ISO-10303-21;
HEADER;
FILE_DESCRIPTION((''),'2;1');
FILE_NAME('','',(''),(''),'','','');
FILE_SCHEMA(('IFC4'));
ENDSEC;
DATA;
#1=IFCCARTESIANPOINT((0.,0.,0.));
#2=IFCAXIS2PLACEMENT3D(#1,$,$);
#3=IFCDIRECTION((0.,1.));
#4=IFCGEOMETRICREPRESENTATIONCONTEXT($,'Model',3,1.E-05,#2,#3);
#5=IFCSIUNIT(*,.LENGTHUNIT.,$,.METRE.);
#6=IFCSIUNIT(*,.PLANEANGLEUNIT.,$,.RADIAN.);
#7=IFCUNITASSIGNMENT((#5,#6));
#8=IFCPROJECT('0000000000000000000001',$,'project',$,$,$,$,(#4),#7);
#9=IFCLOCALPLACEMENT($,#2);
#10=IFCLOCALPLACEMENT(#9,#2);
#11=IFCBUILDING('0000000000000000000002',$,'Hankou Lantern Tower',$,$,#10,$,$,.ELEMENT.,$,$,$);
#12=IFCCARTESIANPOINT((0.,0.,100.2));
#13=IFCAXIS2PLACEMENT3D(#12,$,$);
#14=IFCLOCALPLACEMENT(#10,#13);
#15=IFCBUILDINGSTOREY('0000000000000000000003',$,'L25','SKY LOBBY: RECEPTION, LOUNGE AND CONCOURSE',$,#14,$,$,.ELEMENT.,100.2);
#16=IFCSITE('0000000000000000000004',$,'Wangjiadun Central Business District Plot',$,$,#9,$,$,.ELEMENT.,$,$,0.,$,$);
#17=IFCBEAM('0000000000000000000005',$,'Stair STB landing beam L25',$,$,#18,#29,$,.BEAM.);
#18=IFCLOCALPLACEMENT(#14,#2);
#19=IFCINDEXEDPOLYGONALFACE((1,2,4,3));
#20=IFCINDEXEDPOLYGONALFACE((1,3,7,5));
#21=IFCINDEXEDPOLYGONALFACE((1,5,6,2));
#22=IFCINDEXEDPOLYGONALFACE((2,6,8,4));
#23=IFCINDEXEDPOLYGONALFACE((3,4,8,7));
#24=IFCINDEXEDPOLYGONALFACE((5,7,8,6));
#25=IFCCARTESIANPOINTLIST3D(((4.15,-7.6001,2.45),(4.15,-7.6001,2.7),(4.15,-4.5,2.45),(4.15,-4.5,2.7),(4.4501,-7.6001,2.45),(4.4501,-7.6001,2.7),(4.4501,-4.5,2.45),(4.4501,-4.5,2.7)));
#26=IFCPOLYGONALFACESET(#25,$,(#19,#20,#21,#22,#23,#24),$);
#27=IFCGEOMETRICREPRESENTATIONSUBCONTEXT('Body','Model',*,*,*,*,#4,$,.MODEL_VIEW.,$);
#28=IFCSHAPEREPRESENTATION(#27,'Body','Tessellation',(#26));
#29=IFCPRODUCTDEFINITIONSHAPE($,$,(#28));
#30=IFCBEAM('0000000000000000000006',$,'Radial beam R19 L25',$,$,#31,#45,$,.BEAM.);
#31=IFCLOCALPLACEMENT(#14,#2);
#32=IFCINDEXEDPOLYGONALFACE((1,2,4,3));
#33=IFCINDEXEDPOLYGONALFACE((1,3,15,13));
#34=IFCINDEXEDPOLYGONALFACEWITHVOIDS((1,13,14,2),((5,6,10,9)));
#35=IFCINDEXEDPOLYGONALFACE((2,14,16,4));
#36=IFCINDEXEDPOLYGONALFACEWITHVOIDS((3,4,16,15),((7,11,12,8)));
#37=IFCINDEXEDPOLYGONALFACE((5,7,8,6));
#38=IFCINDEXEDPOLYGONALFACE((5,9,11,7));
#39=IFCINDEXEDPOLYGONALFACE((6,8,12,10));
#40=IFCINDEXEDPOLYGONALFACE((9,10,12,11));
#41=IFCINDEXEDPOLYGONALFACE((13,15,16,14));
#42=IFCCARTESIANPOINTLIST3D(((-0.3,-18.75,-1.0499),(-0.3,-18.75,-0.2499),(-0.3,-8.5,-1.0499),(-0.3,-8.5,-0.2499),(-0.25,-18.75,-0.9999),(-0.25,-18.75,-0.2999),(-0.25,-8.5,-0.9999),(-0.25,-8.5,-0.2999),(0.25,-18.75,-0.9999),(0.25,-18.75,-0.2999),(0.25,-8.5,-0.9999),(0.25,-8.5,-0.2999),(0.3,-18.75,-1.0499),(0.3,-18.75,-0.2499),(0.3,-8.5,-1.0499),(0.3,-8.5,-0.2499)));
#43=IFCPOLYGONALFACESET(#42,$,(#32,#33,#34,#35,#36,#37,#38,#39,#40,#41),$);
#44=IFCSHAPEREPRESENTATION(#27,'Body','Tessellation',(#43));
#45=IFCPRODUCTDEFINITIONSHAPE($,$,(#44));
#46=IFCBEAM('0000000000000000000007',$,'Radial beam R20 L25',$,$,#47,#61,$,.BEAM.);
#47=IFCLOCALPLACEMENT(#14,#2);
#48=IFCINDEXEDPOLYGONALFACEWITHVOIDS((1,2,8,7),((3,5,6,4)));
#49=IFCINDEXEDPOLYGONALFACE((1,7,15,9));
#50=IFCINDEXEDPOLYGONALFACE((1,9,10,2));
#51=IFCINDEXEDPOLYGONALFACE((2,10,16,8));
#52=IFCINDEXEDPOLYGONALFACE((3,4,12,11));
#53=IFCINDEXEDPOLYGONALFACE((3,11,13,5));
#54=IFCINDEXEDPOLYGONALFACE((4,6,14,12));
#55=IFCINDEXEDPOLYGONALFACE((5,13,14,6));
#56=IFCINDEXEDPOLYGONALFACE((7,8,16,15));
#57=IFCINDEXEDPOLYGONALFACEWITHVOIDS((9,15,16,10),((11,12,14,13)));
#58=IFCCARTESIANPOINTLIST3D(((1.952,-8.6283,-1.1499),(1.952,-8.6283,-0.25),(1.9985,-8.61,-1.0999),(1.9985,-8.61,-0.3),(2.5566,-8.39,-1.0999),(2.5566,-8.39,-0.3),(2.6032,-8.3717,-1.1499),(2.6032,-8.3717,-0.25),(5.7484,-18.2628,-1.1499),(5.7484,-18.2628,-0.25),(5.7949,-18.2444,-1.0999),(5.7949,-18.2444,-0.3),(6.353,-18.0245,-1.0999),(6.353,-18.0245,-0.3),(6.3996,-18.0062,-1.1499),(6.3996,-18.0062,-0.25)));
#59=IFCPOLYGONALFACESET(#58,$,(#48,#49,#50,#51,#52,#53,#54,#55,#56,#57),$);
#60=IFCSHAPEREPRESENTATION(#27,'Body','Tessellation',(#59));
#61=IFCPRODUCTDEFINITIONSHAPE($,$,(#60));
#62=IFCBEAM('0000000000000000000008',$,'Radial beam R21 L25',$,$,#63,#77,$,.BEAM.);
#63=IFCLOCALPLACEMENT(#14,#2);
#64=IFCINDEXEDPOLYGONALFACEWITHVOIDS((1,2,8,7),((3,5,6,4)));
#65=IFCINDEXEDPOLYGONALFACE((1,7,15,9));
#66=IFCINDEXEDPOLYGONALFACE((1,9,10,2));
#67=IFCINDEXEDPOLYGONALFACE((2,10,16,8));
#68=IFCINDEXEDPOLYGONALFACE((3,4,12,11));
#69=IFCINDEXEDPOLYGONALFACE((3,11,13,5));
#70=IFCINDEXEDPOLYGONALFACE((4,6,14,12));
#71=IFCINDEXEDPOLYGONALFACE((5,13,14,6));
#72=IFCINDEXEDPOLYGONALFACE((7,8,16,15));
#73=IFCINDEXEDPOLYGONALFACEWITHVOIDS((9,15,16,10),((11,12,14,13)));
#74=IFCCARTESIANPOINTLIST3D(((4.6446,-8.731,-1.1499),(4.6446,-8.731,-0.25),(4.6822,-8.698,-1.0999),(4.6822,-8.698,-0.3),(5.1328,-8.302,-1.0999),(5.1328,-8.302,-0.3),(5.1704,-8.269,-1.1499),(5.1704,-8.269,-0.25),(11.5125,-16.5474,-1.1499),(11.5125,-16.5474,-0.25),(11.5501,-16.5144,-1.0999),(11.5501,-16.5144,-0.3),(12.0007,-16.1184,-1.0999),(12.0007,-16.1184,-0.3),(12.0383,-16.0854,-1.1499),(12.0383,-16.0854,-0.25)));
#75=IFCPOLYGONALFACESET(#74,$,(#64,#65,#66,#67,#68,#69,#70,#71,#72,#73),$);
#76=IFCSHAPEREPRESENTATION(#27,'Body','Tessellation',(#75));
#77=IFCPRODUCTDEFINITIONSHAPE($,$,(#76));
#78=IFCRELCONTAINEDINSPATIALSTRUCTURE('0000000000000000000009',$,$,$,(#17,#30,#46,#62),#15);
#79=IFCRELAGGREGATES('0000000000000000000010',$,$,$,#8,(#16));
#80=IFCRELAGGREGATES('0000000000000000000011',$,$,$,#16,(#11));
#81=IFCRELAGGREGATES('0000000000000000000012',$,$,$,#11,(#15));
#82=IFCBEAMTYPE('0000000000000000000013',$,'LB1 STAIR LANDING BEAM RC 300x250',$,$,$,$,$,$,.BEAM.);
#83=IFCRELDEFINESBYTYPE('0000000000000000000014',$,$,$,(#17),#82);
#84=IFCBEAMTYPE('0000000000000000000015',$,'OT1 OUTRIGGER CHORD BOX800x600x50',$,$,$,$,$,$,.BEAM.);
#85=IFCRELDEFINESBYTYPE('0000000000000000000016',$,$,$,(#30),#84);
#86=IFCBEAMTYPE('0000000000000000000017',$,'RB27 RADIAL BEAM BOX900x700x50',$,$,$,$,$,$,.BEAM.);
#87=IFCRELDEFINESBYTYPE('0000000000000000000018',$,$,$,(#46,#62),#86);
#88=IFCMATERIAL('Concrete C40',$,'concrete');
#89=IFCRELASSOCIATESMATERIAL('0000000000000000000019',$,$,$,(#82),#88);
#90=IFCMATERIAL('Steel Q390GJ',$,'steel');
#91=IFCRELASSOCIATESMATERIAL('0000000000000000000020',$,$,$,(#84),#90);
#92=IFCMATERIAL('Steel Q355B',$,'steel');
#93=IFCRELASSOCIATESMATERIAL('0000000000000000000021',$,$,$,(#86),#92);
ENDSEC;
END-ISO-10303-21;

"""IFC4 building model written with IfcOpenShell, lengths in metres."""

from ifc_helpers import new_model, si_unit, direction, frame, origin, origin_2d, place, context, subcontext, project, spatial, rectangle, hollow_rectangle, extrude, material, material_profile, profile_set, type_object, element, save


model = new_model("IFC4")

# Units and contexts
model_context = context("Model", 3, precision=1e-05, world=origin(), true_north=direction((0.0, 1.0)))
body_context = subcontext(model_context, "Body", "Model", "MODEL_VIEW")
ifc_project = project(units=[si_unit("LENGTHUNIT", "METRE"), si_unit("PLANEANGLEUNIT", "RADIAN")], contexts=[model_context])

# Site, building, storey
site_placement = place(None, origin())
site = spatial("IfcSite", under=ifc_project, at=site_placement, Name="Wangjiadun Central Business District Plot", CompositionType="ELEMENT", RefElevation=0.0)
building_placement = place(site_placement, origin())
building = spatial("IfcBuilding", under=site, at=building_placement, Name="Hankou Lantern Tower", CompositionType="ELEMENT")
storey_placement = place(building_placement, frame((0.0, 0.0, 100.2)))
storey = spatial("IfcBuildingStorey", under=building, at=storey_placement, Name="L25", Description="SKY LOBBY: RECEPTION, LOUNGE AND CONCOURSE", CompositionType="ELEMENT", Elevation=100.2)

# Beams
ifc_material_1 = material(Name="Concrete C40", Category="concrete")
ifc_material_profile_1 = material_profile(ifc_material_1, rectangle(XDim=0.3, YDim=0.25, at=origin_2d()), Name="RC 300x250")
ifc_profile_set_1 = profile_set([ifc_material_profile_1], Name="Concrete C40")
beam_type_1 = type_object("IfcBeamType", Name="LB1 STAIR LANDING BEAM RC 300x250", PredefinedType="BEAM", material=ifc_profile_set_1)
beam_1_placement = place(storey_placement, frame((4.3, -4.5, 2.575), z_axis=(0.0, -1.0, 0.0), x_axis=(1.0, 0.0, 0.0)))
element("IfcBeam", 1, at=beam_1_placement, inside=storey, type_object=beam_type_1, Name="Stair STB landing beam L25", PredefinedType="BEAM", context=body_context, shape_type="SweptSolid", body=[
    extrude(rectangle(XDim=0.3, YDim=0.25, at=origin_2d()), origin(), (0.0, 0.0, 1.0), 3.1001),
])
ifc_material_2 = material(Name="Steel Q390GJ", Category="steel")
ifc_material_profile_2 = material_profile(ifc_material_2, hollow_rectangle(XDim=0.6001, YDim=0.8, WallThickness=0.05, at=origin_2d()), Name="BOX800x600x50")
ifc_profile_set_2 = profile_set([ifc_material_profile_2], Name="Steel Q390GJ")
beam_type_2 = type_object("IfcBeamType", Name="OT1 OUTRIGGER CHORD BOX800x600x50", PredefinedType="BEAM", material=ifc_profile_set_2)
beam_2_placement = place(storey_placement, frame((0.0, -8.5, -0.6499), z_axis=(0.0, -1.0, 0.0), x_axis=(1.0, 0.0, 0.0)))
element("IfcBeam", 2, at=beam_2_placement, inside=storey, type_object=beam_type_2, Name="Radial beam R19 L25", PredefinedType="BEAM", context=body_context, shape_type="SweptSolid", body=[
    extrude(hollow_rectangle(XDim=0.6001, YDim=0.8, WallThickness=0.05, at=origin_2d()), origin(), (0.0, 0.0, 1.0), 10.25),
])
ifc_material_3 = material(Name="Steel Q355B", Category="steel")
ifc_material_profile_3 = material_profile(ifc_material_3, hollow_rectangle(XDim=0.7, YDim=0.8999, WallThickness=0.05, at=origin_2d()), Name="BOX900x700x50")
ifc_profile_set_3 = profile_set([ifc_material_profile_3], Name="Steel Q355B")
beam_type_3 = type_object("IfcBeamType", Name="RB27 RADIAL BEAM BOX900x700x50", PredefinedType="BEAM", material=ifc_profile_set_3)
beam_3_placement = place(storey_placement, frame((2.2776, -8.5, -0.7), z_axis=(0.366606, -0.930376, 0.0), x_axis=(0.930376, 0.366606, 0.0)))
element("IfcBeam", 3, at=beam_3_placement, inside=storey, type_object=beam_type_3, Name="Radial beam R20 L25", PredefinedType="BEAM", context=body_context, shape_type="SweptSolid", body=[
    extrude(hollow_rectangle(XDim=0.7, YDim=0.8999, WallThickness=0.05, at=origin_2d()), origin(), (0.0, 0.0, 1.0), 10.3555),
])
beam_4_placement = place(storey_placement, frame((4.9075, -8.5, -0.7), z_axis=(0.660058, -0.751215, 0.0), x_axis=(0.751215, 0.660058, 0.0)))
element("IfcBeam", 4, at=beam_4_placement, inside=storey, type_object=beam_type_3, Name="Radial beam R21 L25", PredefinedType="BEAM", context=body_context, shape_type="SweptSolid", body=[
    extrude(hollow_rectangle(XDim=0.7, YDim=0.8999, WallThickness=0.05, at=origin_2d()), origin(), (0.0, 0.0, 1.0), 10.405),
])

save(model, "model.ifc")
